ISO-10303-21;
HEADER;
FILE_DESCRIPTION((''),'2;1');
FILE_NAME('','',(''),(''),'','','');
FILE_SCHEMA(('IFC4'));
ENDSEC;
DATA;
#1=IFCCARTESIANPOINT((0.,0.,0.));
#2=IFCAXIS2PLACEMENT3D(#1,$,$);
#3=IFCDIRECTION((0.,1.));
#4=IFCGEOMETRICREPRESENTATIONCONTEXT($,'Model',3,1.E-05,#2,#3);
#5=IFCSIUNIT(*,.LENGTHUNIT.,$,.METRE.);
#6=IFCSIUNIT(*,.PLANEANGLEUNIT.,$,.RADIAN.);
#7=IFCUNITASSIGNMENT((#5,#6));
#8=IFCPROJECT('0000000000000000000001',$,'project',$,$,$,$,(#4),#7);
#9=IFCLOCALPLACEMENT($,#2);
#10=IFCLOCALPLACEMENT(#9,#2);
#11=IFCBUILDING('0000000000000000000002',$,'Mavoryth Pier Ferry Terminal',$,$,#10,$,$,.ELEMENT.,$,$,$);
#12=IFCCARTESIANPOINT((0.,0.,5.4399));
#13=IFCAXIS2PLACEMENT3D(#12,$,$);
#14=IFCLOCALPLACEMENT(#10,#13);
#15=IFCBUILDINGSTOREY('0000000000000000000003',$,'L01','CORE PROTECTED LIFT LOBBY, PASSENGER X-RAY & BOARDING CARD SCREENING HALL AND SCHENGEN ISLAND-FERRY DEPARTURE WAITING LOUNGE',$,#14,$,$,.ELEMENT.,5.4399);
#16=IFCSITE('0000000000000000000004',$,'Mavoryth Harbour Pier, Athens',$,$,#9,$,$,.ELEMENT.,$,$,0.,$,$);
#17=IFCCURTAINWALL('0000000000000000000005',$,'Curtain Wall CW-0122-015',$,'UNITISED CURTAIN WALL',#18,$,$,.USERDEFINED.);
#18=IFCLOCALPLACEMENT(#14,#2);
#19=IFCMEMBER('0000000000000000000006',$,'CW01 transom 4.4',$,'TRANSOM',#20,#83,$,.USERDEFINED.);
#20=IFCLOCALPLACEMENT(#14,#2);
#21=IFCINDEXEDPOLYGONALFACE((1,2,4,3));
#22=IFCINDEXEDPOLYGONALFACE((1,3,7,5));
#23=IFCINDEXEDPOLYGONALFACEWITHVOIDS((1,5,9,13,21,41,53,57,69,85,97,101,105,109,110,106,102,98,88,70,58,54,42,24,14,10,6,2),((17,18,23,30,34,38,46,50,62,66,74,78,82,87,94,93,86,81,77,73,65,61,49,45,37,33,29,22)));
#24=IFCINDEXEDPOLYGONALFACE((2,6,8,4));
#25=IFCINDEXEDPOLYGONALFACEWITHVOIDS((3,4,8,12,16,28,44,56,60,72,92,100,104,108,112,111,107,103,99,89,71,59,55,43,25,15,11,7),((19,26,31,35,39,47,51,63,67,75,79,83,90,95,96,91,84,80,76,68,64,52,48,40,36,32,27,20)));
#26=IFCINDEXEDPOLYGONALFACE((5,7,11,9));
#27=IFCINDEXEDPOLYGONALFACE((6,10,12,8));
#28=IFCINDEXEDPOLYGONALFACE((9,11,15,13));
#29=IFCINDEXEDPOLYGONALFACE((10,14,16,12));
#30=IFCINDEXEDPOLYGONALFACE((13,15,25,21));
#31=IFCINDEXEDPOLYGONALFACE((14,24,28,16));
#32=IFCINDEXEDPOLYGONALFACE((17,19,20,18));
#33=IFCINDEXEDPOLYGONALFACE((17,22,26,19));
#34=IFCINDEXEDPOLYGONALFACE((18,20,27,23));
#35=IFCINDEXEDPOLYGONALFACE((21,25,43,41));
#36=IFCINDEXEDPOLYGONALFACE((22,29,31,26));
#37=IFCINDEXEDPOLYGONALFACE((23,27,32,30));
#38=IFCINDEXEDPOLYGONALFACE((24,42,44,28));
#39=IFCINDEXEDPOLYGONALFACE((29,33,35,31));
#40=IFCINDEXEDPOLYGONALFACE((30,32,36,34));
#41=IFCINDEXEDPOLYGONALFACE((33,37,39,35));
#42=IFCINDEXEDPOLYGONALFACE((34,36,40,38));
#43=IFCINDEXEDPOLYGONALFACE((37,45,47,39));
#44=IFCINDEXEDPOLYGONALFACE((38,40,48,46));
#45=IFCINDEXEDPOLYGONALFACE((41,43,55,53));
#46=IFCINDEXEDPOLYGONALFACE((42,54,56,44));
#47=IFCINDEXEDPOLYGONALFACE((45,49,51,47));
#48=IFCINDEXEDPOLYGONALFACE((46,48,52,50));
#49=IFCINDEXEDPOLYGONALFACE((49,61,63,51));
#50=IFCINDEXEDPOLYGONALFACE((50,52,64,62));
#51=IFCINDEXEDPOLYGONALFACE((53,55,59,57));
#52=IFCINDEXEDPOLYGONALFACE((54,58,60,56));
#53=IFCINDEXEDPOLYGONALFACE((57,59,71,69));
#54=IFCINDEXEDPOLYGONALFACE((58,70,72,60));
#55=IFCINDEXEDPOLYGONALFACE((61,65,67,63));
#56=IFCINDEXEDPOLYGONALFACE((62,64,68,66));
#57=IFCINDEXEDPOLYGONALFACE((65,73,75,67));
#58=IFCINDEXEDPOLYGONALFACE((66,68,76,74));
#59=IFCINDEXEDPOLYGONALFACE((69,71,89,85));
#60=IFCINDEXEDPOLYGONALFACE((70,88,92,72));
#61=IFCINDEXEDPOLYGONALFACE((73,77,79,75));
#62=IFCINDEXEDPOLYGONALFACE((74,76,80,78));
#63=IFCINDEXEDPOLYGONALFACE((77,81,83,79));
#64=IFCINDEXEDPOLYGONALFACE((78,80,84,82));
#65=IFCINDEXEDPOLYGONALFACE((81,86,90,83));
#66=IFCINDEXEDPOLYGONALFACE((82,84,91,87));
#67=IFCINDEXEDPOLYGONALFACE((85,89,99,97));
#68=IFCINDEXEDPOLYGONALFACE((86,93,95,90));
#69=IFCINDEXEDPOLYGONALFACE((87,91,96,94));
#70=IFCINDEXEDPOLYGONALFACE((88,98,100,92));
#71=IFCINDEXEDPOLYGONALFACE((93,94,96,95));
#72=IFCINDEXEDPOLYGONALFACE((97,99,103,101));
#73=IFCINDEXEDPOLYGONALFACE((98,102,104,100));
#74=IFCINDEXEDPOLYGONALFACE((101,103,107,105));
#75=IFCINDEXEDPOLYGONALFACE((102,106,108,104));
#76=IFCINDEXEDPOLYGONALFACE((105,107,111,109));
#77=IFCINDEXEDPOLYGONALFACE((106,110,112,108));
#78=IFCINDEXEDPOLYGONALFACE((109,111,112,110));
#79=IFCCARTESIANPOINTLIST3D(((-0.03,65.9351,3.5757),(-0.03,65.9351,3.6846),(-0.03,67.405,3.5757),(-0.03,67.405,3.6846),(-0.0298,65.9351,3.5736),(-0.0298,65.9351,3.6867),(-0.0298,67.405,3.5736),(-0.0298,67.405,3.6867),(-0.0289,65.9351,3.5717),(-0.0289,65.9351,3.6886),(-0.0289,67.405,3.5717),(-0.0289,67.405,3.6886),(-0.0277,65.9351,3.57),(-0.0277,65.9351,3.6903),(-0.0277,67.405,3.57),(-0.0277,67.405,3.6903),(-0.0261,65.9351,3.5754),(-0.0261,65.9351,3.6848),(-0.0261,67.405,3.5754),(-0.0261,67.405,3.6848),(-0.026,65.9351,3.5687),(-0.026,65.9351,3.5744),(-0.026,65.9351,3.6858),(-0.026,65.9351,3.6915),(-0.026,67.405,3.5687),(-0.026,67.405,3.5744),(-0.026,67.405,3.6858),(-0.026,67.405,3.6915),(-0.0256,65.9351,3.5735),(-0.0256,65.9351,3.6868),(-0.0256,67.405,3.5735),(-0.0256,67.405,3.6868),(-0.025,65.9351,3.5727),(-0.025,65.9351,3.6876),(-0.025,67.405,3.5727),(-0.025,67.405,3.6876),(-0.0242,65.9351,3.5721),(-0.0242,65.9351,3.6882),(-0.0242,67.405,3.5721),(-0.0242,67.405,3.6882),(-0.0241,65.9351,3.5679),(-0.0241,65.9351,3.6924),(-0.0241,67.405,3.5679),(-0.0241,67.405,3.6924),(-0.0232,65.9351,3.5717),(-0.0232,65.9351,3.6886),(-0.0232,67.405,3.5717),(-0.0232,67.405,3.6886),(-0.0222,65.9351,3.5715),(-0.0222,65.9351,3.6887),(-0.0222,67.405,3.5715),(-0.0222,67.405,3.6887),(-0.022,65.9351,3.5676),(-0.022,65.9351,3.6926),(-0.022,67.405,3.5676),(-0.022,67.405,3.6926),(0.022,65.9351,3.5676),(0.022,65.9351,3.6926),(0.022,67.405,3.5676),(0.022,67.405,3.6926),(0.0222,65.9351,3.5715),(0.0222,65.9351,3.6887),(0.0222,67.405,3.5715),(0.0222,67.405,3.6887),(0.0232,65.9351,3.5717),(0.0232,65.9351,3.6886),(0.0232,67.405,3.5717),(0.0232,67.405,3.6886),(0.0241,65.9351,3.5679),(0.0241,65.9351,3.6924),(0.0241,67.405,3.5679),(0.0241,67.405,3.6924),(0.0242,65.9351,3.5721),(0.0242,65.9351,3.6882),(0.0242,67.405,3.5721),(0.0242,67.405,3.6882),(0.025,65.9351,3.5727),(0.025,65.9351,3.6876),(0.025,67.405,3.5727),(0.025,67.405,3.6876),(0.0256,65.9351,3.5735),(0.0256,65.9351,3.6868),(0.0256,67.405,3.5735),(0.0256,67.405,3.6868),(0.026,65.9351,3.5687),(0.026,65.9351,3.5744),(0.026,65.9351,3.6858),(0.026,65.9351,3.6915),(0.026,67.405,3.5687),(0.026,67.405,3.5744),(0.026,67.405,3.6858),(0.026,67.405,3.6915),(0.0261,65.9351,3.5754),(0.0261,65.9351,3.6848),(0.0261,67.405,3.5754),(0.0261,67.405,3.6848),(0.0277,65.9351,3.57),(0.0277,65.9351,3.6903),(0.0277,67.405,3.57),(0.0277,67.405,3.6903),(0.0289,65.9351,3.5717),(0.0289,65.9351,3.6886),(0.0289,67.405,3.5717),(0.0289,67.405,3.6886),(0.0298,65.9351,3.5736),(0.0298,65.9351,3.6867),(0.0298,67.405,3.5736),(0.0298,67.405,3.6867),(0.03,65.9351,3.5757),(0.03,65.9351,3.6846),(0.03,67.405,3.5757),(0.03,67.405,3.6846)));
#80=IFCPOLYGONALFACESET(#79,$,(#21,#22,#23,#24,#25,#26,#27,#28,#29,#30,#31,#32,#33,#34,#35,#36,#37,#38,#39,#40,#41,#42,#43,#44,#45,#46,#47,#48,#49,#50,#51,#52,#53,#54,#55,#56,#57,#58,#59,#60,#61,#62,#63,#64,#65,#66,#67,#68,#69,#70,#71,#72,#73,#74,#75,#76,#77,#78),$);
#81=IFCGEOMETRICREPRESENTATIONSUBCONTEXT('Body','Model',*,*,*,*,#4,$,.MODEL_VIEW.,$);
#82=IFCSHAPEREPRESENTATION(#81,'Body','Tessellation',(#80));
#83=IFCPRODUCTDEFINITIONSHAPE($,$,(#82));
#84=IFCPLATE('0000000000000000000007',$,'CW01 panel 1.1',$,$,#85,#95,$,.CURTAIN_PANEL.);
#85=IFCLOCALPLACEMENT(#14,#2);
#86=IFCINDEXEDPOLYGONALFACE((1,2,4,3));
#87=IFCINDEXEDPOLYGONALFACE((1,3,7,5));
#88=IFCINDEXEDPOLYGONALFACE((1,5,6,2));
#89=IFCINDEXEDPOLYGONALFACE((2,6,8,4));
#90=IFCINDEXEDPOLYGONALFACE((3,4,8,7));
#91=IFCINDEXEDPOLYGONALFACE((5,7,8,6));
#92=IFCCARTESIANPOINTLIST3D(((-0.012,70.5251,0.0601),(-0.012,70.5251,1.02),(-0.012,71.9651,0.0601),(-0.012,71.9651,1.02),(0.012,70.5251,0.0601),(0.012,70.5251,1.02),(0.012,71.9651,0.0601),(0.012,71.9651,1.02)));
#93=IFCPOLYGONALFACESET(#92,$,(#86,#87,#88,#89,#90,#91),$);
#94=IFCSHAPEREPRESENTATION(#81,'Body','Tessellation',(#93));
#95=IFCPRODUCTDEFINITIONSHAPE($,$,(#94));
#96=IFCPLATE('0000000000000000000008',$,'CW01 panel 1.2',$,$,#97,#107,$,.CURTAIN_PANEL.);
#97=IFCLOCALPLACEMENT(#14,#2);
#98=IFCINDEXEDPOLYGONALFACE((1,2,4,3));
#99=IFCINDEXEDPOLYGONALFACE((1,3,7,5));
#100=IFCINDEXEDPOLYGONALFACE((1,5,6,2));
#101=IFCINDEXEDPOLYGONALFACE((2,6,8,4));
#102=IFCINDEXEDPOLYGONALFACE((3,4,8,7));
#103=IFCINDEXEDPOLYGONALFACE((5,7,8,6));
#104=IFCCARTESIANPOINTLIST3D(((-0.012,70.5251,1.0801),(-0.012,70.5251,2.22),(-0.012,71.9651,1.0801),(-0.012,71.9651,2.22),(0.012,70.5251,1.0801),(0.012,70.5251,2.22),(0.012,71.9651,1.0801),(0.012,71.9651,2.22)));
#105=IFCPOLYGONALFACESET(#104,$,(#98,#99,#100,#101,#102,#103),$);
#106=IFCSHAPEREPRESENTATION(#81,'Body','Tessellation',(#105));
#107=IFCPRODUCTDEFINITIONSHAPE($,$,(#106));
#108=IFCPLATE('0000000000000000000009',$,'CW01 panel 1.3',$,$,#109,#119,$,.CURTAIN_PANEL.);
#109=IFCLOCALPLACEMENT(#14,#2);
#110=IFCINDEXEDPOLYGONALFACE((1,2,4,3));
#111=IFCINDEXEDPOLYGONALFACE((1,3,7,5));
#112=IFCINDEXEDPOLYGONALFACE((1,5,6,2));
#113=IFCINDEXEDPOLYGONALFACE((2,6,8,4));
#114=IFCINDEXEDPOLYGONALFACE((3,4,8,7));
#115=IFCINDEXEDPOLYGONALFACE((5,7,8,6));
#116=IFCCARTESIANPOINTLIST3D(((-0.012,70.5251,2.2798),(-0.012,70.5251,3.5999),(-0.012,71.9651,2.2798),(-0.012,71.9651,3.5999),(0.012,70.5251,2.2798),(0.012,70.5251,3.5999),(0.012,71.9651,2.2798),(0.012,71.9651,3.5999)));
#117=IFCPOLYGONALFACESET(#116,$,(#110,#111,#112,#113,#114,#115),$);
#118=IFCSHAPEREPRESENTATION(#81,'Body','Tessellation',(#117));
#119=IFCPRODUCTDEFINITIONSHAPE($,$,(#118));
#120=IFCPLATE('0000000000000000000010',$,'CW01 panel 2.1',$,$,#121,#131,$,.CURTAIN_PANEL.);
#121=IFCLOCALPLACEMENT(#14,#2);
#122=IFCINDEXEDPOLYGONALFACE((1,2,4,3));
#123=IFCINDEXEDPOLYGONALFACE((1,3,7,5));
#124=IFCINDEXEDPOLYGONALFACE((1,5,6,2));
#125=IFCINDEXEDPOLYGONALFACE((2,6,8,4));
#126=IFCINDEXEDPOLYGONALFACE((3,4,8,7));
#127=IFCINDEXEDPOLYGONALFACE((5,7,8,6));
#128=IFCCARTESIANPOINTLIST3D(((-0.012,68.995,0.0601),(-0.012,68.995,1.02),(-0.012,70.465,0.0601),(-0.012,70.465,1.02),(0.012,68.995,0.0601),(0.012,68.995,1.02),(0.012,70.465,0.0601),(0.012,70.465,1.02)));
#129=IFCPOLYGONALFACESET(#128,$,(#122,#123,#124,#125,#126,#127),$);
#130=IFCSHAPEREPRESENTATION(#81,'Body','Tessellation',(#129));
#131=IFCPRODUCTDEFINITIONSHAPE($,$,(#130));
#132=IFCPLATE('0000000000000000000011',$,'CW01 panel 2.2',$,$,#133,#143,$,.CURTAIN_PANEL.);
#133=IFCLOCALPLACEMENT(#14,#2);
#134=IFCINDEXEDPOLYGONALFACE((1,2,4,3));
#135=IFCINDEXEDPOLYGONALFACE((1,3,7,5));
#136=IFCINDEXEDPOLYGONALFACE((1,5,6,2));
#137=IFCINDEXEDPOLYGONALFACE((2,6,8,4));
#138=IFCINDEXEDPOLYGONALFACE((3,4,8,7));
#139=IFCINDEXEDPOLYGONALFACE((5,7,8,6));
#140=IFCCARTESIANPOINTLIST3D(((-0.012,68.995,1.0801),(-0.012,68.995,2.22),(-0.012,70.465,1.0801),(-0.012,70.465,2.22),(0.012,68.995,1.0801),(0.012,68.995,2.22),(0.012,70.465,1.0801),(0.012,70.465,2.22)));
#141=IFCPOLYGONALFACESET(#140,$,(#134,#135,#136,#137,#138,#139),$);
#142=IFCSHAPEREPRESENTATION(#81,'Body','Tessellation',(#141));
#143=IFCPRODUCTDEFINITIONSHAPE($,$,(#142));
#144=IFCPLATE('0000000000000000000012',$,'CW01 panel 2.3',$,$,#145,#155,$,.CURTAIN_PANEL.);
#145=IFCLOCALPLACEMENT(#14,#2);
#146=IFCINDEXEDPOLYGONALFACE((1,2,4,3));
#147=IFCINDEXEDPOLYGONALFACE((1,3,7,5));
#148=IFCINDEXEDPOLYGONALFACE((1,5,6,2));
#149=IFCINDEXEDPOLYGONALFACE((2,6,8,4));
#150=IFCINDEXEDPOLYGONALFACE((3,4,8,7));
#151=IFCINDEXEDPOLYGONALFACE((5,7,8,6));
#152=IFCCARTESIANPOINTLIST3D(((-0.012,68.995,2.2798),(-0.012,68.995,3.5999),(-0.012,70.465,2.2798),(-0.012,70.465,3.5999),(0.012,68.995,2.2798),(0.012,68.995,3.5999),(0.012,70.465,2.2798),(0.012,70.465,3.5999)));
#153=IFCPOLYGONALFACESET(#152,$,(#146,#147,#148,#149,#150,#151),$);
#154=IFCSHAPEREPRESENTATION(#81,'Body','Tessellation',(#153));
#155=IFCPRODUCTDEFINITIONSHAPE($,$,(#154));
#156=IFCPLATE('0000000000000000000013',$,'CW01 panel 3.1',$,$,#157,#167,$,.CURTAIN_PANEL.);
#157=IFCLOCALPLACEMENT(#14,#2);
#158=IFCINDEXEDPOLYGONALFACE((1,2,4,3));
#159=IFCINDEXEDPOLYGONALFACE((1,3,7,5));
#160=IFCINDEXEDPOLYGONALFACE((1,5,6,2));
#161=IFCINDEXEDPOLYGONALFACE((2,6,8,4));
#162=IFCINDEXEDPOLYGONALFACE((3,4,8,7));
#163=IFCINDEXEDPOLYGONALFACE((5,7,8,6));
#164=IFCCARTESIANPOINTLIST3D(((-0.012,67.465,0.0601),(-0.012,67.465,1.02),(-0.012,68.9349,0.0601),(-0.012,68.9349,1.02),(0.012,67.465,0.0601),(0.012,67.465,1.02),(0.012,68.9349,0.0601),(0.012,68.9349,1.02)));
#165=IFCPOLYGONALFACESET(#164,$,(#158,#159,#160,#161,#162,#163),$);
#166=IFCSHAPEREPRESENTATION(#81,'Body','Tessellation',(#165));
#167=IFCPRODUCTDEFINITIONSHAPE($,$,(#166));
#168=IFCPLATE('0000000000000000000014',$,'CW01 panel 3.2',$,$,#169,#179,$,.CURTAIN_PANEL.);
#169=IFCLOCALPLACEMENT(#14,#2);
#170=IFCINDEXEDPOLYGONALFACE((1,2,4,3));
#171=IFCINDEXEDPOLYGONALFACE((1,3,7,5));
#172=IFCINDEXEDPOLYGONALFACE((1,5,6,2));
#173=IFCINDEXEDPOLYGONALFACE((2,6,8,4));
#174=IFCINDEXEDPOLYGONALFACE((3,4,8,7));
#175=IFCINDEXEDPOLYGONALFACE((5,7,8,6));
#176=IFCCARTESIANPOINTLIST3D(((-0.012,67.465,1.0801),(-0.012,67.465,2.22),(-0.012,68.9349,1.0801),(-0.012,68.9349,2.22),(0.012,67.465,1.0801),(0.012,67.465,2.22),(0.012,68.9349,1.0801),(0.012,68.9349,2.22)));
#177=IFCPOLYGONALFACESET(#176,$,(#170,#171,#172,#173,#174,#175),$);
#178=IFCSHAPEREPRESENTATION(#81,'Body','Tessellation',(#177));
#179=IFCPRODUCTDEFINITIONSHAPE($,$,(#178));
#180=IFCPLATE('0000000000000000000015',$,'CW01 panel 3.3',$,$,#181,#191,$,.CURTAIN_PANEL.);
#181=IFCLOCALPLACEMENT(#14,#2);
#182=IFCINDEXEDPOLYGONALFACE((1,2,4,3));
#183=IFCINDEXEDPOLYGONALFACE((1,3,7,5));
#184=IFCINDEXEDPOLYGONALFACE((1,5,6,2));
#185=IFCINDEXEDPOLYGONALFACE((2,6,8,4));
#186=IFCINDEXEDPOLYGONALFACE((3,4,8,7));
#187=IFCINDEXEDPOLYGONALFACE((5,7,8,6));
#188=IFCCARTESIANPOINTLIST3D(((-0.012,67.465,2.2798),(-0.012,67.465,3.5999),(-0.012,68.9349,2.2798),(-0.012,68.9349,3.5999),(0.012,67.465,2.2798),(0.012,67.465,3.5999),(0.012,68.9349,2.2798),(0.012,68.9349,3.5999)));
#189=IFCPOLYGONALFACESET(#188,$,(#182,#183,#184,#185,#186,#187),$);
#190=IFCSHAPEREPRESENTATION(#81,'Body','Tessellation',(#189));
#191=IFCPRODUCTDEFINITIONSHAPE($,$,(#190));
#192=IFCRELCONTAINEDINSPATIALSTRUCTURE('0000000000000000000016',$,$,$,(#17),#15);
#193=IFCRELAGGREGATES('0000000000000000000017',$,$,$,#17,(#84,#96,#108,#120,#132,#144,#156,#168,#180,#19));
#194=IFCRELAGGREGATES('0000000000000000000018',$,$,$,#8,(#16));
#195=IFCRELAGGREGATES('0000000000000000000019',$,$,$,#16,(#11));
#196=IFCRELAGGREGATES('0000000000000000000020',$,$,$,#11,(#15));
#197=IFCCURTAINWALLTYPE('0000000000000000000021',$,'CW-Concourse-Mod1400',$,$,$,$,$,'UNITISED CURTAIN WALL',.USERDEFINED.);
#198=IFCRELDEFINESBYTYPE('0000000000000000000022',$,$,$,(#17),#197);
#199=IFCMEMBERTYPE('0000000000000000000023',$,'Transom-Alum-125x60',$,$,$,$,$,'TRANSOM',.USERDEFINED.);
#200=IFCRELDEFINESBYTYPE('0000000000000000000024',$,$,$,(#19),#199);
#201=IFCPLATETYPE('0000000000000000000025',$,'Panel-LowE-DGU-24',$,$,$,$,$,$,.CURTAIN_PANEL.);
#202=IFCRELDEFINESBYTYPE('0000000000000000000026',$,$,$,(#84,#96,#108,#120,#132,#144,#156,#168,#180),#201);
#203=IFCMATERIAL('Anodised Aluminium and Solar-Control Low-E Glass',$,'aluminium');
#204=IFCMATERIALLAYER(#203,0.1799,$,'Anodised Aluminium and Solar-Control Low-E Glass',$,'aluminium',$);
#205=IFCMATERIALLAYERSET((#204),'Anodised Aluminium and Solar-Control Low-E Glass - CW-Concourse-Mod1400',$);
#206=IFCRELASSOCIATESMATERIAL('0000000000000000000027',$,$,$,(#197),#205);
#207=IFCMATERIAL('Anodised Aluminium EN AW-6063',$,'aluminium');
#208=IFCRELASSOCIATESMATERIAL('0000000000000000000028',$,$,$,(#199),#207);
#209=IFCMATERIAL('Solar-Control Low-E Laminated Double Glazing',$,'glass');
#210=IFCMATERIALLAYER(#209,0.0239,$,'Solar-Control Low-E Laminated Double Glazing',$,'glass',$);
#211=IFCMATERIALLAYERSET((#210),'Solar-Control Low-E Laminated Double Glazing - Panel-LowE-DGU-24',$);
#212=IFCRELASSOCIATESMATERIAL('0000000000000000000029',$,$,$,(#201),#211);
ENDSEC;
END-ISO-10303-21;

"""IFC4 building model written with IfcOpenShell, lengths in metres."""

from ifc_helpers import new_model, si_unit, direction, frame, origin, origin_2d, place, context, subcontext, project, spatial, rectangle, hollow_rectangle, extrude, material, layer, layer_set, material_profile, profile_set, type_object, element, aggregate, save


model = new_model("IFC4")

# Units and contexts
model_context = context("Model", 3, precision=1e-05, world=origin(), true_north=direction((0.0, 1.0)))
body_context = subcontext(model_context, "Body", "Model", "MODEL_VIEW")
ifc_project = project(units=[si_unit("LENGTHUNIT", "METRE"), si_unit("PLANEANGLEUNIT", "RADIAN")], contexts=[model_context])

# Site, building, storey
site_placement = place(None, origin())
site = spatial("IfcSite", under=ifc_project, at=site_placement, Name="Mavoryth Harbour Pier, Athens", CompositionType="ELEMENT", RefElevation=0.0)
building_placement = place(site_placement, origin())
building = spatial("IfcBuilding", under=site, at=building_placement, Name="Mavoryth Pier Ferry Terminal", CompositionType="ELEMENT")
storey_placement = place(building_placement, frame((0.0, 0.0, 5.4399)))
storey = spatial("IfcBuildingStorey", under=building, at=storey_placement, Name="L01", Description="CORE PROTECTED LIFT LOBBY, PASSENGER X-RAY & BOARDING CARD SCREENING HALL AND SCHENGEN ISLAND-FERRY DEPARTURE WAITING LOUNGE", CompositionType="ELEMENT", Elevation=5.4399)

# Curtain wall
ifc_material_1 = material(Name="Anodised Aluminium and Solar-Control Low-E Glass", Category="aluminium")
ifc_layer_1 = layer(ifc_material_1, 0.1799, Name="Anodised Aluminium and Solar-Control Low-E Glass", Category="aluminium")
ifc_layer_set_1 = layer_set([ifc_layer_1], Name="Anodised Aluminium and Solar-Control Low-E Glass - CW-Concourse-Mod1400")
curtain_wall_type = type_object("IfcCurtainWallType", Name="CW-Concourse-Mod1400", ElementType="UNITISED CURTAIN WALL", PredefinedType="USERDEFINED", material=ifc_layer_set_1)
curtain_wall_1_placement = place(storey_placement, origin())
curtain_wall_1 = element("IfcCurtainWall", 1, at=curtain_wall_1_placement, inside=storey, type_object=curtain_wall_type, Name="Curtain Wall CW-0122-015", ObjectType="UNITISED CURTAIN WALL", PredefinedType="USERDEFINED")
ifc_material_2 = material(Name="Anodised Aluminium EN AW-6063", Category="aluminium")

# Member
ifc_material_profile_1 = material_profile(ifc_material_2, hollow_rectangle(XDim=0.0601, YDim=0.125, WallThickness=0.0039, InnerFilletRadius=0.0039, OuterFilletRadius=0.0081, at=origin_2d()), Name="AL-TRAN 125x60x4", Category="aluminium")
ifc_profile_set_1 = profile_set([ifc_material_profile_1], Name="Anodised Aluminium EN AW-6063 - AL-TRAN 125x60x4")
member_type_1 = type_object("IfcMemberType", Name="Transom-Alum-125x60", ElementType="TRANSOM", PredefinedType="USERDEFINED", material=ifc_profile_set_1)
member_1_placement = place(storey_placement, frame((0.0, 67.405, 3.6301), z_axis=(0.0, -1.0, 0.0), x_axis=(1.0, 0.0, 0.0)))
member_1 = element("IfcMember", 2, at=member_1_placement, type_object=member_type_1, Name="CW01 transom 4.4", ObjectType="TRANSOM", PredefinedType="USERDEFINED", context=body_context, shape_type="SweptSolid", body=[
    extrude(hollow_rectangle(XDim=0.0601, YDim=0.125, WallThickness=0.0039, InnerFilletRadius=0.0039, OuterFilletRadius=0.0081, at=origin_2d()), origin(), (0.0, 0.0, 1.0), 1.47),
])

# Plates
ifc_material_3 = material(Name="Solar-Control Low-E Laminated Double Glazing", Category="glass")
ifc_layer_2 = layer(ifc_material_3, 0.0239, Name="Solar-Control Low-E Laminated Double Glazing", Category="glass")
ifc_layer_set_2 = layer_set([ifc_layer_2], Name="Solar-Control Low-E Laminated Double Glazing - Panel-LowE-DGU-24")
plate_type = type_object("IfcPlateType", Name="Panel-LowE-DGU-24", PredefinedType="CURTAIN_PANEL", material=ifc_layer_set_2)
plate_1_placement = place(storey_placement, frame((0.0, 71.2451, 0.0601), z_axis=(0.0, 0.0, 1.0), x_axis=(0.0, -1.0, 0.0)))
plate_1 = element("IfcPlate", 3, at=plate_1_placement, type_object=plate_type, Name="CW01 panel 1.1", PredefinedType="CURTAIN_PANEL", context=body_context, shape_type="SweptSolid", body=[
    extrude(rectangle(XDim=1.4399, YDim=0.0239, at=origin_2d()), origin(), (0.0, 0.0, 1.0), 0.96),
])
plate_2_placement = place(storey_placement, frame((0.0, 71.2451, 1.0801), z_axis=(0.0, 0.0, 1.0), x_axis=(0.0, -1.0, 0.0)))
plate_2 = element("IfcPlate", 4, at=plate_2_placement, type_object=plate_type, Name="CW01 panel 1.2", PredefinedType="CURTAIN_PANEL", context=body_context, shape_type="SweptSolid", body=[
    extrude(rectangle(XDim=1.4399, YDim=0.0239, at=origin_2d()), origin(), (0.0, 0.0, 1.0), 1.1399),
])
plate_3_placement = place(storey_placement, frame((0.0, 71.2451, 2.2798), z_axis=(0.0, 0.0, 1.0), x_axis=(0.0, -1.0, 0.0)))
plate_3 = element("IfcPlate", 5, at=plate_3_placement, type_object=plate_type, Name="CW01 panel 1.3", PredefinedType="CURTAIN_PANEL", context=body_context, shape_type="SweptSolid", body=[
    extrude(rectangle(XDim=1.4399, YDim=0.0239, at=origin_2d()), origin(), (0.0, 0.0, 1.0), 1.3201),
])
plate_4_placement = place(storey_placement, frame((0.0, 69.73, 0.0601), z_axis=(0.0, 0.0, 1.0), x_axis=(0.0, -1.0, 0.0)))
plate_4 = element("IfcPlate", 6, at=plate_4_placement, type_object=plate_type, Name="CW01 panel 2.1", PredefinedType="CURTAIN_PANEL", context=body_context, shape_type="SweptSolid", body=[
    extrude(rectangle(XDim=1.47, YDim=0.0239, at=origin_2d()), origin(), (0.0, 0.0, 1.0), 0.96),
])
plate_5_placement = place(storey_placement, frame((0.0, 69.73, 1.0801), z_axis=(0.0, 0.0, 1.0), x_axis=(0.0, -1.0, 0.0)))
plate_5 = element("IfcPlate", 7, at=plate_5_placement, type_object=plate_type, Name="CW01 panel 2.2", PredefinedType="CURTAIN_PANEL", context=body_context, shape_type="SweptSolid", body=[
    extrude(rectangle(XDim=1.47, YDim=0.0239, at=origin_2d()), origin(), (0.0, 0.0, 1.0), 1.1399),
])
plate_6_placement = place(storey_placement, frame((0.0, 69.73, 2.2798), z_axis=(0.0, 0.0, 1.0), x_axis=(0.0, -1.0, 0.0)))
plate_6 = element("IfcPlate", 8, at=plate_6_placement, type_object=plate_type, Name="CW01 panel 2.3", PredefinedType="CURTAIN_PANEL", context=body_context, shape_type="SweptSolid", body=[
    extrude(rectangle(XDim=1.47, YDim=0.0239, at=origin_2d()), origin(), (0.0, 0.0, 1.0), 1.3201),
])
plate_7_placement = place(storey_placement, frame((0.0, 68.2, 0.0601), z_axis=(0.0, 0.0, 1.0), x_axis=(0.0, -1.0, 0.0)))
plate_7 = element("IfcPlate", 9, at=plate_7_placement, type_object=plate_type, Name="CW01 panel 3.1", PredefinedType="CURTAIN_PANEL", context=body_context, shape_type="SweptSolid", body=[
    extrude(rectangle(XDim=1.47, YDim=0.0239, at=origin_2d()), origin(), (0.0, 0.0, 1.0), 0.96),
])
plate_8_placement = place(storey_placement, frame((0.0, 68.2, 1.0801), z_axis=(0.0, 0.0, 1.0), x_axis=(0.0, -1.0, 0.0)))
plate_8 = element("IfcPlate", 10, at=plate_8_placement, type_object=plate_type, Name="CW01 panel 3.2", PredefinedType="CURTAIN_PANEL", context=body_context, shape_type="SweptSolid", body=[
    extrude(rectangle(XDim=1.47, YDim=0.0239, at=origin_2d()), origin(), (0.0, 0.0, 1.0), 1.1399),
])
plate_9_placement = place(storey_placement, frame((0.0, 68.2, 2.2798), z_axis=(0.0, 0.0, 1.0), x_axis=(0.0, -1.0, 0.0)))
plate_9 = element("IfcPlate", 11, at=plate_9_placement, type_object=plate_type, Name="CW01 panel 3.3", PredefinedType="CURTAIN_PANEL", context=body_context, shape_type="SweptSolid", body=[
    extrude(rectangle(XDim=1.47, YDim=0.0239, at=origin_2d()), origin(), (0.0, 0.0, 1.0), 1.3201),
])
aggregate(curtain_wall_1, [plate_1, plate_2, plate_3, plate_4, plate_5, plate_6, plate_7, plate_8, plate_9, member_1])

save(model, "model.ifc")
